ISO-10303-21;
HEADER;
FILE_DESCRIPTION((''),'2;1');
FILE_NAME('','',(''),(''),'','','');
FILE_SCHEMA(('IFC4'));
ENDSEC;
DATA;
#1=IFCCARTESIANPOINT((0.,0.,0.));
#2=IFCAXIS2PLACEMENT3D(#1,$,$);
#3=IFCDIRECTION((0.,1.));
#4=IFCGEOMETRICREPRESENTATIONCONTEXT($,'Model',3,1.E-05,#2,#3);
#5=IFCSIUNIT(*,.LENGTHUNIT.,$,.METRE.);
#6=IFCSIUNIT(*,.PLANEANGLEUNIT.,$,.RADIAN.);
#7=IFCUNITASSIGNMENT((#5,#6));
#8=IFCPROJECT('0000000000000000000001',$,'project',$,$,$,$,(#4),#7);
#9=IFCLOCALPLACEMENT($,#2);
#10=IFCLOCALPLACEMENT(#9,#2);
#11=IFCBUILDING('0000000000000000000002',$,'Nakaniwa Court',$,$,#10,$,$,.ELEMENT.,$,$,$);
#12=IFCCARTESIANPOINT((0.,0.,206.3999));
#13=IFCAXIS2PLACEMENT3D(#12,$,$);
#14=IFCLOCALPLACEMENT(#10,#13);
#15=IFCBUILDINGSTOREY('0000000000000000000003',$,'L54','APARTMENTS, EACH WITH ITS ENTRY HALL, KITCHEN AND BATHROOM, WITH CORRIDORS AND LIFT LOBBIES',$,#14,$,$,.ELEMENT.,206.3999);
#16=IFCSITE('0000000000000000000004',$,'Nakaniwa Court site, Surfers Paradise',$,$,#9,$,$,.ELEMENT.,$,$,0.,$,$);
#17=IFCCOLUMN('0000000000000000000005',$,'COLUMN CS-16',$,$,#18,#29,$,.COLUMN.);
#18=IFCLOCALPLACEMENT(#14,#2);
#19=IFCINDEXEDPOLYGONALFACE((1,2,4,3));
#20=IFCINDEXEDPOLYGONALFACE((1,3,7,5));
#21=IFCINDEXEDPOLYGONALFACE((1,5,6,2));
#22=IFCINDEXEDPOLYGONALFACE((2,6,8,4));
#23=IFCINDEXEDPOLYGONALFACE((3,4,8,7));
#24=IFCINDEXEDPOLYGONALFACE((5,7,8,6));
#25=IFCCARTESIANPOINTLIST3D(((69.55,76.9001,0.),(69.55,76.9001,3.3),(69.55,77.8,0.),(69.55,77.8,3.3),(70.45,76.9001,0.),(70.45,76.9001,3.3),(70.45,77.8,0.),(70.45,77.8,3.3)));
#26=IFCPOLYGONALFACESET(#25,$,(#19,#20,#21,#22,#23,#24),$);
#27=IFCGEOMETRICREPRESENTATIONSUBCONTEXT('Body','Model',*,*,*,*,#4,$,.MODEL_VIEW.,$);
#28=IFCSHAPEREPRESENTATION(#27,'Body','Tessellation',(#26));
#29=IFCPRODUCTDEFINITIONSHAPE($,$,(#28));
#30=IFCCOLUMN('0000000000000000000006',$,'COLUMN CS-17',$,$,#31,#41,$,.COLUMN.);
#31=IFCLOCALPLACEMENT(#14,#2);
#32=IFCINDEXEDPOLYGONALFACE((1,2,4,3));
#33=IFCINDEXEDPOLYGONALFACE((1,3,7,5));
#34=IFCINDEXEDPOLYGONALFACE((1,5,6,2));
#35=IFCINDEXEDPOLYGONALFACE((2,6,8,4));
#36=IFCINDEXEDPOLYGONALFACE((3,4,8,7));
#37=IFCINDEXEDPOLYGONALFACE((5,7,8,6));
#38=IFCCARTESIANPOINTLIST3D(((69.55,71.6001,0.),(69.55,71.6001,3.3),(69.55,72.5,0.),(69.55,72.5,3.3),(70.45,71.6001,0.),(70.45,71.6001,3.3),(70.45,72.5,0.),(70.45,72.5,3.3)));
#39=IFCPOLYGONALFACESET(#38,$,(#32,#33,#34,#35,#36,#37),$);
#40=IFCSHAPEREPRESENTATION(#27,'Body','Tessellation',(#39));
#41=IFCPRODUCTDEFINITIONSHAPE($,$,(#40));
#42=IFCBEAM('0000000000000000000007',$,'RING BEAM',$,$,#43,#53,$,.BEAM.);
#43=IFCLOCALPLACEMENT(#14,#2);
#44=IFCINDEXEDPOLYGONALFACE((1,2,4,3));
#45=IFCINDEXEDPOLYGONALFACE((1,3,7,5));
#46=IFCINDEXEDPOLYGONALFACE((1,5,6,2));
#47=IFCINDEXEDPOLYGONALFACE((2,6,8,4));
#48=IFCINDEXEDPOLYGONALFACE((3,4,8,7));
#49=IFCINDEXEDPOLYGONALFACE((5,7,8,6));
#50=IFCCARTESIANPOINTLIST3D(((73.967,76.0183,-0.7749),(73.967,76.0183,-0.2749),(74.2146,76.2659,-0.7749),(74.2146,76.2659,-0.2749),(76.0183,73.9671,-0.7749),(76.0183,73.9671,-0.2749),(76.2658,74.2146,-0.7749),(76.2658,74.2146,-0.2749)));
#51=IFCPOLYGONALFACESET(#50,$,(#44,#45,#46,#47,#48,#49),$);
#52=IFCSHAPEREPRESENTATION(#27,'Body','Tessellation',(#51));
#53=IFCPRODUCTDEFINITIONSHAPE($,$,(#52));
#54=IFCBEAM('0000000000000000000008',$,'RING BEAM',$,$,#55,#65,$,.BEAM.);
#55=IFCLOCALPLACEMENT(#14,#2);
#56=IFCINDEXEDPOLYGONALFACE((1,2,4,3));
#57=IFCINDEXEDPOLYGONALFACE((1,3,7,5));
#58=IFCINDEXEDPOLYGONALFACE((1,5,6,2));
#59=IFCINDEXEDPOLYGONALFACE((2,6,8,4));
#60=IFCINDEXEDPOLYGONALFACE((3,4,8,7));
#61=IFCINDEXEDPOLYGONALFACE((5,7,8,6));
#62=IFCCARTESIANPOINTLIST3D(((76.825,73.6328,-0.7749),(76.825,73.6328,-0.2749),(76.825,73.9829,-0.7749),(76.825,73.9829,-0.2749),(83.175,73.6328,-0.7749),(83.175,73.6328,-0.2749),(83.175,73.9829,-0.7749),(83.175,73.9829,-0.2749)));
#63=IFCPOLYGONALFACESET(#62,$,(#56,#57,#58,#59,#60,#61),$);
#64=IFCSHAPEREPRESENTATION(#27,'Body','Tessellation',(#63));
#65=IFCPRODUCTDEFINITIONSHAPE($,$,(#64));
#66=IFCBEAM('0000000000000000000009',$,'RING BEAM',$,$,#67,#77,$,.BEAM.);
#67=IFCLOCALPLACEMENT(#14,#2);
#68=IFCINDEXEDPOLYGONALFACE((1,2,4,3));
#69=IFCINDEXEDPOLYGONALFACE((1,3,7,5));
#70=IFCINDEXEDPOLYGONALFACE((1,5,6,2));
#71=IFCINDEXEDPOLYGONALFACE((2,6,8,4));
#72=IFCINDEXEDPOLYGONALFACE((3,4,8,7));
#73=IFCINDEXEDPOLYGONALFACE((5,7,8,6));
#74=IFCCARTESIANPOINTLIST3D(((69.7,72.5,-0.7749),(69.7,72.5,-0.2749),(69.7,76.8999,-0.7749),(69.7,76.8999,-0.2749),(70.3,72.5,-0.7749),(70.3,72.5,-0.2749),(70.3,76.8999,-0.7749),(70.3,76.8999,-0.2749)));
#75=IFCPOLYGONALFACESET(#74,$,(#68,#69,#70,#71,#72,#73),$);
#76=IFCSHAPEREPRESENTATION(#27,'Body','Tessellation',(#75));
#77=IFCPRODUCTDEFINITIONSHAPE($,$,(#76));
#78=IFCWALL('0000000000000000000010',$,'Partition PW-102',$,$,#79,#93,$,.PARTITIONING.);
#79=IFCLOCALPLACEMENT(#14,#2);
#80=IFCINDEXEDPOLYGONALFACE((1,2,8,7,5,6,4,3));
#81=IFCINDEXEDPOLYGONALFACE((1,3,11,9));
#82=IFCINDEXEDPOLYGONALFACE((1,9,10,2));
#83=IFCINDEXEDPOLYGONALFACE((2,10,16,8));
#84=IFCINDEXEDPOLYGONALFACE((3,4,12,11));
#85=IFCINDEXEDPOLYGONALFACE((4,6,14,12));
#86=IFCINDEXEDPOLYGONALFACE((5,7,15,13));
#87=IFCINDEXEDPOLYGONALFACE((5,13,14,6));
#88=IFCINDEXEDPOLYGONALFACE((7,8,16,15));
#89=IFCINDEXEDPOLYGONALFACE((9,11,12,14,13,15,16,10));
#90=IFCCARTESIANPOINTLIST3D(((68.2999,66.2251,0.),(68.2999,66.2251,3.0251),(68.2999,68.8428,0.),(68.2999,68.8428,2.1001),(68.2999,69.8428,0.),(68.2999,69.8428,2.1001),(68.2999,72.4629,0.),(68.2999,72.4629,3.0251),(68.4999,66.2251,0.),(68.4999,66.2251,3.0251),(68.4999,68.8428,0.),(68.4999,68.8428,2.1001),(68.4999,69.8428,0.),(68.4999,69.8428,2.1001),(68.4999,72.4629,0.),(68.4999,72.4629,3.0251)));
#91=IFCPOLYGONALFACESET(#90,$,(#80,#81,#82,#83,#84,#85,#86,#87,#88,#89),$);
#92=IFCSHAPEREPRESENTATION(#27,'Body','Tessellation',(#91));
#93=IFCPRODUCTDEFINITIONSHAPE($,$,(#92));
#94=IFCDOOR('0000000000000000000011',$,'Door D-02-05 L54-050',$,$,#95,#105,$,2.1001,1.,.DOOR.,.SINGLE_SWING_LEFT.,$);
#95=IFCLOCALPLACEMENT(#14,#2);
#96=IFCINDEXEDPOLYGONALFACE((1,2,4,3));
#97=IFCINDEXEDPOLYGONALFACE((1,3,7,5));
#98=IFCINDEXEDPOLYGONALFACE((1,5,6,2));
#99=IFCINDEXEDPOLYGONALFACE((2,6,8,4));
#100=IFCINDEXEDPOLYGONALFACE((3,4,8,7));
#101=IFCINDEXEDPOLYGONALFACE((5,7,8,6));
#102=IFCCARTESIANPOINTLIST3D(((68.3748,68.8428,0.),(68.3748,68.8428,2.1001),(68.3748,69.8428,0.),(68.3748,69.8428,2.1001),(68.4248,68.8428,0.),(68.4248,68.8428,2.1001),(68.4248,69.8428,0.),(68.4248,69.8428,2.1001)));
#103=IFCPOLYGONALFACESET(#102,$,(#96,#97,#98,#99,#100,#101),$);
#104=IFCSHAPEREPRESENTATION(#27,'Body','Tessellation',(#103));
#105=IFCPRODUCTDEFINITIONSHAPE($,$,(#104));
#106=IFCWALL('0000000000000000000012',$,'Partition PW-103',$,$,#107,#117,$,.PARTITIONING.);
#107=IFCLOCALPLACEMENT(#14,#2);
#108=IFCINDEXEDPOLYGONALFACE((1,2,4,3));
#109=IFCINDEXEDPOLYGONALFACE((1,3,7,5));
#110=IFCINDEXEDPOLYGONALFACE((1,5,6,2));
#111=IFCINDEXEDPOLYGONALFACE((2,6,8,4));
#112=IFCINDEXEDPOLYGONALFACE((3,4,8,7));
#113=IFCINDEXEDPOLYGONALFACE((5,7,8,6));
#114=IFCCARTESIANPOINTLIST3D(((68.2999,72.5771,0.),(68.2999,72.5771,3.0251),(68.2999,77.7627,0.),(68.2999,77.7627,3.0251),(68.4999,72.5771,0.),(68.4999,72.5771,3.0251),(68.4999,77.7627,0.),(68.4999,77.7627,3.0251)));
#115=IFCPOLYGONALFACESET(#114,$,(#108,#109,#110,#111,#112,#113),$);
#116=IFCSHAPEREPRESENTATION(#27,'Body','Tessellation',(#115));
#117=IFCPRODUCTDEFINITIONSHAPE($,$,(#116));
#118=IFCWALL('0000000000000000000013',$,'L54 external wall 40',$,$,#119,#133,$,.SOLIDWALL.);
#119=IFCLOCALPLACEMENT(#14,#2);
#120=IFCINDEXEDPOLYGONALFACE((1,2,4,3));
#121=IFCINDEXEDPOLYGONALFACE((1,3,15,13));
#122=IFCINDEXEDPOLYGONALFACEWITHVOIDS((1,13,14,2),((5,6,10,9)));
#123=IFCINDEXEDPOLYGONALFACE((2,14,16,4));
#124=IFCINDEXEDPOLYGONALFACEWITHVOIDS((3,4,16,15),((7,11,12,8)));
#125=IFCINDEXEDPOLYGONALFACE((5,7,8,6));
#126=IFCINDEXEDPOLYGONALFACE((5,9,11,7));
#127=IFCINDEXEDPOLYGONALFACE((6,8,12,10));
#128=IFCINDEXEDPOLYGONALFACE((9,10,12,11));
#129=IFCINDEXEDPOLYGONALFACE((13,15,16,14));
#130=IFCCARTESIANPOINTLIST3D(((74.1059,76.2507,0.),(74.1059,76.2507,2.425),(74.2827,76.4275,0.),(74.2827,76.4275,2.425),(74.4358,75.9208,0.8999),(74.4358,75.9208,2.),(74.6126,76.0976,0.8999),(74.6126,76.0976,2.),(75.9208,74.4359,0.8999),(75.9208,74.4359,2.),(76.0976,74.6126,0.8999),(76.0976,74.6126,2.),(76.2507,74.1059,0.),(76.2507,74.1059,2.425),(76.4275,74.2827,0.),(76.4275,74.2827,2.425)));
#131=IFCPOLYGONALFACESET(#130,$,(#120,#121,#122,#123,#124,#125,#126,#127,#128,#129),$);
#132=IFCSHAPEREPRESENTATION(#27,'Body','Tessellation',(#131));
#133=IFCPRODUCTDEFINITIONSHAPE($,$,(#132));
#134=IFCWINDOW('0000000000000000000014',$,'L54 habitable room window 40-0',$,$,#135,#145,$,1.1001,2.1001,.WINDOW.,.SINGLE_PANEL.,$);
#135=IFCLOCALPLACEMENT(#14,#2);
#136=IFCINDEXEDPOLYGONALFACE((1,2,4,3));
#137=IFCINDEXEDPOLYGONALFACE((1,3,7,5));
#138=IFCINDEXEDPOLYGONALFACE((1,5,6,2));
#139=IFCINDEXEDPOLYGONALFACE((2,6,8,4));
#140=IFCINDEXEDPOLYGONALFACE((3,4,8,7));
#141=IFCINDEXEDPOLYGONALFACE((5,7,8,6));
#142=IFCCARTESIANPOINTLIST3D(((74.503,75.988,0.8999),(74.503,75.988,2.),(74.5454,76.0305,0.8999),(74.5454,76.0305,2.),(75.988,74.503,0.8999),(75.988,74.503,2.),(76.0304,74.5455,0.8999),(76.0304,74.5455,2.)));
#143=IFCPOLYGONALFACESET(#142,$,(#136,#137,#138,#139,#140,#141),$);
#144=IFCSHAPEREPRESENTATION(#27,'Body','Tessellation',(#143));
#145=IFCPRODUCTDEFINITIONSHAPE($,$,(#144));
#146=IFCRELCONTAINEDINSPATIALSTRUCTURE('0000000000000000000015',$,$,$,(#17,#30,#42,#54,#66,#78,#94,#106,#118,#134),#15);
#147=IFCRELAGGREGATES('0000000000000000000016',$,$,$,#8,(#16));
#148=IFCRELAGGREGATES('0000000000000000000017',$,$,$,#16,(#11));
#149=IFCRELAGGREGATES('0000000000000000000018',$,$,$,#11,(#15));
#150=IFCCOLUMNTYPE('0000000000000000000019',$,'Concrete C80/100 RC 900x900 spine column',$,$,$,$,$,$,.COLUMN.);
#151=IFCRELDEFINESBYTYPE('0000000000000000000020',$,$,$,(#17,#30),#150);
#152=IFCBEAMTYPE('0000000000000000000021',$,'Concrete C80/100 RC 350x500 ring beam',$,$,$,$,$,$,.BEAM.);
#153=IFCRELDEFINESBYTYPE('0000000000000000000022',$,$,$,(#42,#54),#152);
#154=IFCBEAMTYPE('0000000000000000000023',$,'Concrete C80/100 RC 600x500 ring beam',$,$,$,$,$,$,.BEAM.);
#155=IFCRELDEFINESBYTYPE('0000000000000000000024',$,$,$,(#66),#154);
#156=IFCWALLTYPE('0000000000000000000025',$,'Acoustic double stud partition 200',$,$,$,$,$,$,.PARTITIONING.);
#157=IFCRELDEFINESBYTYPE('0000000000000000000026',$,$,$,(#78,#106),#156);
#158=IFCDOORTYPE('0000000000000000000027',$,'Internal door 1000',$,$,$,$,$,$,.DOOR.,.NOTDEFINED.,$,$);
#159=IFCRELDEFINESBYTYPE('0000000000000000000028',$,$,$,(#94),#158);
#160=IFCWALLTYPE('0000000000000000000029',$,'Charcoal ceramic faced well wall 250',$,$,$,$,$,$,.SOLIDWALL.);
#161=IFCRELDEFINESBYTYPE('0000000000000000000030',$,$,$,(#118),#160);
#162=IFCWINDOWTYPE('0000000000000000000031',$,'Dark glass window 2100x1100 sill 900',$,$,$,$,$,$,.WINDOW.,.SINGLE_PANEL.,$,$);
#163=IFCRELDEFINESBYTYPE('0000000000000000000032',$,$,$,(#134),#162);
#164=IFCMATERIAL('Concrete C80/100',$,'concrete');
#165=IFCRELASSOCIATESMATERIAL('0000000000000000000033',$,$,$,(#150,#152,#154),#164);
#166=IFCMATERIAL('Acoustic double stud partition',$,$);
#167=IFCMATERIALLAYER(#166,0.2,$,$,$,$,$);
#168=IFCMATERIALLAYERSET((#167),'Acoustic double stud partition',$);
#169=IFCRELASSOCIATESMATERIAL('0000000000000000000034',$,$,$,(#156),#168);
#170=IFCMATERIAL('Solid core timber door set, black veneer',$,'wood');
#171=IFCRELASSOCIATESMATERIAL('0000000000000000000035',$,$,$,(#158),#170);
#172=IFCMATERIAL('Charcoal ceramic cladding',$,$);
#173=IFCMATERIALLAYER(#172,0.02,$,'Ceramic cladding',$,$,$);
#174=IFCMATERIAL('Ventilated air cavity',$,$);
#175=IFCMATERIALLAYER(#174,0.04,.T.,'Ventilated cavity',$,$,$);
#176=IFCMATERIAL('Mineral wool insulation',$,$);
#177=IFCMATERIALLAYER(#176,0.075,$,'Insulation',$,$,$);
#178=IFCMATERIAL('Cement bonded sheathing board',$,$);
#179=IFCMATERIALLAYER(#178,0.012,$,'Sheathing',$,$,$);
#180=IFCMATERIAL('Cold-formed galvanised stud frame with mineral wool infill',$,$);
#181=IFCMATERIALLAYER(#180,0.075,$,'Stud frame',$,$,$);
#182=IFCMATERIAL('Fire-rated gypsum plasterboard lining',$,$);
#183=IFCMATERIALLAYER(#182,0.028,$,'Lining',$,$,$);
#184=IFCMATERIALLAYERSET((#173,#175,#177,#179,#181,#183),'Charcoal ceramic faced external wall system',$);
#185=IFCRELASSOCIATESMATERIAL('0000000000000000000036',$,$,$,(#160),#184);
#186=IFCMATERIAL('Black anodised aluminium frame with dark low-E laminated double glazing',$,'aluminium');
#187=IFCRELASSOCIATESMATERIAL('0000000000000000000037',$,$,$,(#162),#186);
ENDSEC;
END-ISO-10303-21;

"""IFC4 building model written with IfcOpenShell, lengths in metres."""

from ifc_helpers import new_model, si_unit, direction, frame, frame_2d, origin, origin_2d, place, context, subcontext, project, spatial, rectangle, extrude, material, layer, layer_set, material_profile, profile_set, type_object, element, fill, save


model = new_model("IFC4")

# Units and contexts
model_context = context("Model", 3, precision=1e-05, world=origin(), true_north=direction((0.0, 1.0)))
body_context = subcontext(model_context, "Body", "Model", "MODEL_VIEW")
ifc_project = project(units=[si_unit("LENGTHUNIT", "METRE"), si_unit("PLANEANGLEUNIT", "RADIAN")], contexts=[model_context])

# Site, building, storey
site_placement = place(None, origin())
site = spatial("IfcSite", under=ifc_project, at=site_placement, Name="Nakaniwa Court site, Surfers Paradise", CompositionType="ELEMENT", RefElevation=0.0)
building_placement = place(site_placement, origin())
building = spatial("IfcBuilding", under=site, at=building_placement, Name="Nakaniwa Court", CompositionType="ELEMENT")
storey_placement = place(building_placement, frame((0.0, 0.0, 206.3999)))
storey = spatial("IfcBuildingStorey", under=building, at=storey_placement, Name="L54", Description="APARTMENTS, EACH WITH ITS ENTRY HALL, KITCHEN AND BATHROOM, WITH CORRIDORS AND LIFT LOBBIES", CompositionType="ELEMENT", Elevation=206.3999)

# Columns
ifc_material_1 = material(Name="Concrete C80/100", Category="concrete")
ifc_material_profile_1 = material_profile(ifc_material_1, rectangle(XDim=0.8999, YDim=0.8999, at=origin_2d()), Name="Concrete C80/100 RC 900x900 spine column")
ifc_profile_set_1 = profile_set([ifc_material_profile_1], Name="Concrete C80/100")
column_type_1 = type_object("IfcColumnType", Name="Concrete C80/100 RC 900x900 spine column", PredefinedType="COLUMN", material=ifc_profile_set_1)
for number, where, z_axis, x_axis, name in (
    (1, (70.0, 77.3501, 0.0), (0.0, 0.0, 1.0), (0.0, -1.0, 0.0), "COLUMN CS-16"),
    (2, (70.0, 72.05, 0.0), (0.0, 0.0, 1.0), (0.0, -1.0, 0.0), "COLUMN CS-17"),
):
    element("IfcColumn", number, at=place(storey_placement, frame(where, z_axis=z_axis, x_axis=x_axis)), inside=storey, type_object=column_type_1, Name=name, PredefinedType="COLUMN", context=body_context, shape_type="SweptSolid", body=[
        extrude(rectangle(XDim=0.8999, YDim=0.8999, at=origin_2d()), origin(), (0.0, 0.0, 1.0), 3.3),
    ])

# Beams
ifc_material_profile_2 = material_profile(ifc_material_1, rectangle(XDim=0.3501, YDim=0.5, at=origin_2d()), Name="Concrete C80/100 RC 350x500 ring beam")
ifc_profile_set_2 = profile_set([ifc_material_profile_2], Name="Concrete C80/100")
beam_type_1 = type_object("IfcBeamType", Name="Concrete C80/100 RC 350x500 ring beam", PredefinedType="BEAM", material=ifc_profile_set_2)
beam_1_placement = place(storey_placement, frame((74.0908, 76.1421, -0.5249), z_axis=(0.707107, -0.707107, 0.0), x_axis=(0.707107, 0.707107, 0.0)))
element("IfcBeam", 3, at=beam_1_placement, inside=storey, type_object=beam_type_1, Name="RING BEAM", PredefinedType="BEAM", context=body_context, shape_type="SweptSolid", body=[
    extrude(rectangle(XDim=0.3501, YDim=0.5, at=origin_2d()), origin(), (0.0, 0.0, 1.0), 2.9009),
])
beam_2_placement = place(storey_placement, frame((76.825, 73.8079, -0.5249), z_axis=(1.0, 0.0, 0.0), x_axis=(0.0, 1.0, 0.0)))
element("IfcBeam", 4, at=beam_2_placement, inside=storey, type_object=beam_type_1, Name="RING BEAM", PredefinedType="BEAM", context=body_context, shape_type="SweptSolid", body=[
    extrude(rectangle(XDim=0.3501, YDim=0.5, at=origin_2d()), origin(), (0.0, 0.0, 1.0), 6.3501),
])
ifc_material_profile_3 = material_profile(ifc_material_1, rectangle(XDim=0.6001, YDim=0.5, at=origin_2d()), Name="Concrete C80/100 RC 600x500 ring beam")
ifc_profile_set_3 = profile_set([ifc_material_profile_3], Name="Concrete C80/100")
beam_type_2 = type_object("IfcBeamType", Name="Concrete C80/100 RC 600x500 ring beam", PredefinedType="BEAM", material=ifc_profile_set_3)
beam_3_placement = place(storey_placement, frame((70.0, 76.8999, -0.5249), z_axis=(0.0, -1.0, 0.0), x_axis=(1.0, 0.0, 0.0)))
element("IfcBeam", 5, at=beam_3_placement, inside=storey, type_object=beam_type_2, Name="RING BEAM", PredefinedType="BEAM", context=body_context, shape_type="SweptSolid", body=[
    extrude(rectangle(XDim=0.6001, YDim=0.5, at=origin_2d()), origin(), (0.0, 0.0, 1.0), 4.3999),
])

# Wall, opening, door
ifc_material_2 = material(Name="Acoustic double stud partition")
ifc_layer_1 = layer(ifc_material_2, 0.2)
ifc_layer_set_1 = layer_set([ifc_layer_1], Name="Acoustic double stud partition")
wall_type_1 = type_object("IfcWallType", Name="Acoustic double stud partition 200", PredefinedType="PARTITIONING", material=ifc_layer_set_1)
wall_1_placement = place(storey_placement, frame((68.3999, 72.4629, 0.0), z_axis=(0.0, 0.0, 1.0), x_axis=(0.0, -1.0, 0.0)))
wall_1 = element("IfcWall", 6, at=wall_1_placement, inside=storey, type_object=wall_type_1, Name="Partition PW-102", PredefinedType="PARTITIONING", context=body_context, shape_type="SweptSolid", body=[
    extrude(rectangle(XDim=6.2378, YDim=0.2, at=frame_2d((3.1189, 0.0))), origin(), (0.0, 0.0, 1.0), 3.0251),
])
opening_1_placement = place(wall_1_placement, frame((2.6201, 0.0, 0.0)))
opening_1 = element("IfcOpeningElement", 7, at=opening_1_placement, cuts=wall_1, PredefinedType="OPENING", context=body_context, shape_type="SweptSolid", body=[
    extrude(rectangle(XDim=1.0, YDim=2.1001, at=frame_2d((0.5, 1.05))), frame((0.0, 0.1099, 0.0), z_axis=(0.0, -1.0, 0.0), x_axis=(1.0, 0.0, 0.0)), (0.0, 0.0, 1.0), 0.22),
])
ifc_material_3 = material(Name="Solid core timber door set, black veneer", Category="wood")
door_type_1 = type_object("IfcDoorType", Name="Internal door 1000", OperationType="NOTDEFINED", PredefinedType="DOOR", material=ifc_material_3)
door_1_placement = place(opening_1_placement, origin())
door_1 = element("IfcDoor", 8, at=door_1_placement, inside=storey, type_object=door_type_1, Name="Door D-02-05 L54-050", OperationType="SINGLE_SWING_LEFT", OverallHeight=2.1001, OverallWidth=1.0, PredefinedType="DOOR", context=body_context, shape_type="SweptSolid", body=[
    extrude(rectangle(XDim=1.0, YDim=2.1001, at=frame_2d((0.5, 1.05))), frame((0.0, 0.0249, 0.0), z_axis=(0.0, -1.0, 0.0), x_axis=(1.0, 0.0, 0.0)), (0.0, 0.0, 1.0), 0.05),
])
fill(opening_1, door_1)

# Wall
wall_2_placement = place(storey_placement, frame((68.3999, 72.5771, 0.0), z_axis=(0.0, 0.0, 1.0), x_axis=(0.0, 1.0, 0.0)))
element("IfcWall", 9, at=wall_2_placement, inside=storey, type_object=wall_type_1, Name="Partition PW-103", PredefinedType="PARTITIONING", context=body_context, shape_type="SweptSolid", body=[
    extrude(rectangle(XDim=5.1855, YDim=0.2, at=frame_2d((2.5928, 0.0))), origin(), (0.0, 0.0, 1.0), 3.0251),
])

# Wall, opening, window
ifc_material_4 = material(Name="Charcoal ceramic cladding")
ifc_layer_2 = layer(ifc_material_4, 0.02, Name="Ceramic cladding")
ifc_material_5 = material(Name="Ventilated air cavity")
ifc_layer_3 = layer(ifc_material_5, 0.04, ventilated=True, Name="Ventilated cavity")
ifc_material_6 = material(Name="Mineral wool insulation")
ifc_layer_4 = layer(ifc_material_6, 0.075, Name="Insulation")
ifc_material_7 = material(Name="Cement bonded sheathing board")
ifc_layer_5 = layer(ifc_material_7, 0.012, Name="Sheathing")
ifc_material_8 = material(Name="Cold-formed galvanised stud frame with mineral wool infill")
ifc_layer_6 = layer(ifc_material_8, 0.075, Name="Stud frame")
ifc_material_9 = material(Name="Fire-rated gypsum plasterboard lining")
ifc_layer_7 = layer(ifc_material_9, 0.028, Name="Lining")
ifc_layer_set_2 = layer_set([ifc_layer_2, ifc_layer_3, ifc_layer_4, ifc_layer_5, ifc_layer_6, ifc_layer_7], Name="Charcoal ceramic faced external wall system")
wall_type_2 = type_object("IfcWallType", Name="Charcoal ceramic faced well wall 250", PredefinedType="SOLIDWALL", material=ifc_layer_set_2)
wall_3_placement = place(storey_placement, frame((76.3391, 74.1943, 0.0), z_axis=(0.0, 0.0, 1.0), x_axis=(-0.707107, 0.707107, 0.0)))
wall_3 = element("IfcWall", 10, at=wall_3_placement, inside=storey, type_object=wall_type_2, Name="L54 external wall 40", PredefinedType="SOLIDWALL", context=body_context, shape_type="SweptSolid", body=[
    extrude(rectangle(XDim=3.0332, YDim=0.25, at=frame_2d((1.5166, 0.0))), origin(), (0.0, 0.0, 1.0), 2.425),
])
opening_2_placement = place(wall_3_placement, frame((0.4666, 0.0, 0.8999)))
opening_2 = element("IfcOpeningElement", 11, at=opening_2_placement, cuts=wall_3, PredefinedType="OPENING", context=body_context, shape_type="SweptSolid", body=[
    extrude(rectangle(XDim=2.1001, YDim=1.1001, at=frame_2d((1.05, 0.55))), frame((0.0, 0.135, 0.0), z_axis=(0.0, -1.0, 0.0), x_axis=(1.0, 0.0, 0.0)), (0.0, 0.0, 1.0), 0.27),
])
ifc_material_10 = material(Name="Black anodised aluminium frame with dark low-E laminated double glazing", Category="aluminium")
window_type = type_object("IfcWindowType", Name="Dark glass window 2100x1100 sill 900", PartitioningType="SINGLE_PANEL", PredefinedType="WINDOW", material=ifc_material_10)
window_1_placement = place(opening_2_placement, origin())
window_1 = element("IfcWindow", 12, at=window_1_placement, inside=storey, type_object=window_type, Name="L54 habitable room window 40-0", OverallHeight=1.1001, OverallWidth=2.1001, PartitioningType="SINGLE_PANEL", PredefinedType="WINDOW", context=body_context, shape_type="SweptSolid", body=[
    extrude(rectangle(XDim=2.1001, YDim=1.1001, at=frame_2d((1.05, 0.55))), frame((0.0, 0.03, 0.0), z_axis=(0.0, -1.0, 0.0), x_axis=(1.0, 0.0, 0.0)), (0.0, 0.0, 1.0), 0.0601),
])
fill(opening_2, window_1)

save(model, "model.ifc")
